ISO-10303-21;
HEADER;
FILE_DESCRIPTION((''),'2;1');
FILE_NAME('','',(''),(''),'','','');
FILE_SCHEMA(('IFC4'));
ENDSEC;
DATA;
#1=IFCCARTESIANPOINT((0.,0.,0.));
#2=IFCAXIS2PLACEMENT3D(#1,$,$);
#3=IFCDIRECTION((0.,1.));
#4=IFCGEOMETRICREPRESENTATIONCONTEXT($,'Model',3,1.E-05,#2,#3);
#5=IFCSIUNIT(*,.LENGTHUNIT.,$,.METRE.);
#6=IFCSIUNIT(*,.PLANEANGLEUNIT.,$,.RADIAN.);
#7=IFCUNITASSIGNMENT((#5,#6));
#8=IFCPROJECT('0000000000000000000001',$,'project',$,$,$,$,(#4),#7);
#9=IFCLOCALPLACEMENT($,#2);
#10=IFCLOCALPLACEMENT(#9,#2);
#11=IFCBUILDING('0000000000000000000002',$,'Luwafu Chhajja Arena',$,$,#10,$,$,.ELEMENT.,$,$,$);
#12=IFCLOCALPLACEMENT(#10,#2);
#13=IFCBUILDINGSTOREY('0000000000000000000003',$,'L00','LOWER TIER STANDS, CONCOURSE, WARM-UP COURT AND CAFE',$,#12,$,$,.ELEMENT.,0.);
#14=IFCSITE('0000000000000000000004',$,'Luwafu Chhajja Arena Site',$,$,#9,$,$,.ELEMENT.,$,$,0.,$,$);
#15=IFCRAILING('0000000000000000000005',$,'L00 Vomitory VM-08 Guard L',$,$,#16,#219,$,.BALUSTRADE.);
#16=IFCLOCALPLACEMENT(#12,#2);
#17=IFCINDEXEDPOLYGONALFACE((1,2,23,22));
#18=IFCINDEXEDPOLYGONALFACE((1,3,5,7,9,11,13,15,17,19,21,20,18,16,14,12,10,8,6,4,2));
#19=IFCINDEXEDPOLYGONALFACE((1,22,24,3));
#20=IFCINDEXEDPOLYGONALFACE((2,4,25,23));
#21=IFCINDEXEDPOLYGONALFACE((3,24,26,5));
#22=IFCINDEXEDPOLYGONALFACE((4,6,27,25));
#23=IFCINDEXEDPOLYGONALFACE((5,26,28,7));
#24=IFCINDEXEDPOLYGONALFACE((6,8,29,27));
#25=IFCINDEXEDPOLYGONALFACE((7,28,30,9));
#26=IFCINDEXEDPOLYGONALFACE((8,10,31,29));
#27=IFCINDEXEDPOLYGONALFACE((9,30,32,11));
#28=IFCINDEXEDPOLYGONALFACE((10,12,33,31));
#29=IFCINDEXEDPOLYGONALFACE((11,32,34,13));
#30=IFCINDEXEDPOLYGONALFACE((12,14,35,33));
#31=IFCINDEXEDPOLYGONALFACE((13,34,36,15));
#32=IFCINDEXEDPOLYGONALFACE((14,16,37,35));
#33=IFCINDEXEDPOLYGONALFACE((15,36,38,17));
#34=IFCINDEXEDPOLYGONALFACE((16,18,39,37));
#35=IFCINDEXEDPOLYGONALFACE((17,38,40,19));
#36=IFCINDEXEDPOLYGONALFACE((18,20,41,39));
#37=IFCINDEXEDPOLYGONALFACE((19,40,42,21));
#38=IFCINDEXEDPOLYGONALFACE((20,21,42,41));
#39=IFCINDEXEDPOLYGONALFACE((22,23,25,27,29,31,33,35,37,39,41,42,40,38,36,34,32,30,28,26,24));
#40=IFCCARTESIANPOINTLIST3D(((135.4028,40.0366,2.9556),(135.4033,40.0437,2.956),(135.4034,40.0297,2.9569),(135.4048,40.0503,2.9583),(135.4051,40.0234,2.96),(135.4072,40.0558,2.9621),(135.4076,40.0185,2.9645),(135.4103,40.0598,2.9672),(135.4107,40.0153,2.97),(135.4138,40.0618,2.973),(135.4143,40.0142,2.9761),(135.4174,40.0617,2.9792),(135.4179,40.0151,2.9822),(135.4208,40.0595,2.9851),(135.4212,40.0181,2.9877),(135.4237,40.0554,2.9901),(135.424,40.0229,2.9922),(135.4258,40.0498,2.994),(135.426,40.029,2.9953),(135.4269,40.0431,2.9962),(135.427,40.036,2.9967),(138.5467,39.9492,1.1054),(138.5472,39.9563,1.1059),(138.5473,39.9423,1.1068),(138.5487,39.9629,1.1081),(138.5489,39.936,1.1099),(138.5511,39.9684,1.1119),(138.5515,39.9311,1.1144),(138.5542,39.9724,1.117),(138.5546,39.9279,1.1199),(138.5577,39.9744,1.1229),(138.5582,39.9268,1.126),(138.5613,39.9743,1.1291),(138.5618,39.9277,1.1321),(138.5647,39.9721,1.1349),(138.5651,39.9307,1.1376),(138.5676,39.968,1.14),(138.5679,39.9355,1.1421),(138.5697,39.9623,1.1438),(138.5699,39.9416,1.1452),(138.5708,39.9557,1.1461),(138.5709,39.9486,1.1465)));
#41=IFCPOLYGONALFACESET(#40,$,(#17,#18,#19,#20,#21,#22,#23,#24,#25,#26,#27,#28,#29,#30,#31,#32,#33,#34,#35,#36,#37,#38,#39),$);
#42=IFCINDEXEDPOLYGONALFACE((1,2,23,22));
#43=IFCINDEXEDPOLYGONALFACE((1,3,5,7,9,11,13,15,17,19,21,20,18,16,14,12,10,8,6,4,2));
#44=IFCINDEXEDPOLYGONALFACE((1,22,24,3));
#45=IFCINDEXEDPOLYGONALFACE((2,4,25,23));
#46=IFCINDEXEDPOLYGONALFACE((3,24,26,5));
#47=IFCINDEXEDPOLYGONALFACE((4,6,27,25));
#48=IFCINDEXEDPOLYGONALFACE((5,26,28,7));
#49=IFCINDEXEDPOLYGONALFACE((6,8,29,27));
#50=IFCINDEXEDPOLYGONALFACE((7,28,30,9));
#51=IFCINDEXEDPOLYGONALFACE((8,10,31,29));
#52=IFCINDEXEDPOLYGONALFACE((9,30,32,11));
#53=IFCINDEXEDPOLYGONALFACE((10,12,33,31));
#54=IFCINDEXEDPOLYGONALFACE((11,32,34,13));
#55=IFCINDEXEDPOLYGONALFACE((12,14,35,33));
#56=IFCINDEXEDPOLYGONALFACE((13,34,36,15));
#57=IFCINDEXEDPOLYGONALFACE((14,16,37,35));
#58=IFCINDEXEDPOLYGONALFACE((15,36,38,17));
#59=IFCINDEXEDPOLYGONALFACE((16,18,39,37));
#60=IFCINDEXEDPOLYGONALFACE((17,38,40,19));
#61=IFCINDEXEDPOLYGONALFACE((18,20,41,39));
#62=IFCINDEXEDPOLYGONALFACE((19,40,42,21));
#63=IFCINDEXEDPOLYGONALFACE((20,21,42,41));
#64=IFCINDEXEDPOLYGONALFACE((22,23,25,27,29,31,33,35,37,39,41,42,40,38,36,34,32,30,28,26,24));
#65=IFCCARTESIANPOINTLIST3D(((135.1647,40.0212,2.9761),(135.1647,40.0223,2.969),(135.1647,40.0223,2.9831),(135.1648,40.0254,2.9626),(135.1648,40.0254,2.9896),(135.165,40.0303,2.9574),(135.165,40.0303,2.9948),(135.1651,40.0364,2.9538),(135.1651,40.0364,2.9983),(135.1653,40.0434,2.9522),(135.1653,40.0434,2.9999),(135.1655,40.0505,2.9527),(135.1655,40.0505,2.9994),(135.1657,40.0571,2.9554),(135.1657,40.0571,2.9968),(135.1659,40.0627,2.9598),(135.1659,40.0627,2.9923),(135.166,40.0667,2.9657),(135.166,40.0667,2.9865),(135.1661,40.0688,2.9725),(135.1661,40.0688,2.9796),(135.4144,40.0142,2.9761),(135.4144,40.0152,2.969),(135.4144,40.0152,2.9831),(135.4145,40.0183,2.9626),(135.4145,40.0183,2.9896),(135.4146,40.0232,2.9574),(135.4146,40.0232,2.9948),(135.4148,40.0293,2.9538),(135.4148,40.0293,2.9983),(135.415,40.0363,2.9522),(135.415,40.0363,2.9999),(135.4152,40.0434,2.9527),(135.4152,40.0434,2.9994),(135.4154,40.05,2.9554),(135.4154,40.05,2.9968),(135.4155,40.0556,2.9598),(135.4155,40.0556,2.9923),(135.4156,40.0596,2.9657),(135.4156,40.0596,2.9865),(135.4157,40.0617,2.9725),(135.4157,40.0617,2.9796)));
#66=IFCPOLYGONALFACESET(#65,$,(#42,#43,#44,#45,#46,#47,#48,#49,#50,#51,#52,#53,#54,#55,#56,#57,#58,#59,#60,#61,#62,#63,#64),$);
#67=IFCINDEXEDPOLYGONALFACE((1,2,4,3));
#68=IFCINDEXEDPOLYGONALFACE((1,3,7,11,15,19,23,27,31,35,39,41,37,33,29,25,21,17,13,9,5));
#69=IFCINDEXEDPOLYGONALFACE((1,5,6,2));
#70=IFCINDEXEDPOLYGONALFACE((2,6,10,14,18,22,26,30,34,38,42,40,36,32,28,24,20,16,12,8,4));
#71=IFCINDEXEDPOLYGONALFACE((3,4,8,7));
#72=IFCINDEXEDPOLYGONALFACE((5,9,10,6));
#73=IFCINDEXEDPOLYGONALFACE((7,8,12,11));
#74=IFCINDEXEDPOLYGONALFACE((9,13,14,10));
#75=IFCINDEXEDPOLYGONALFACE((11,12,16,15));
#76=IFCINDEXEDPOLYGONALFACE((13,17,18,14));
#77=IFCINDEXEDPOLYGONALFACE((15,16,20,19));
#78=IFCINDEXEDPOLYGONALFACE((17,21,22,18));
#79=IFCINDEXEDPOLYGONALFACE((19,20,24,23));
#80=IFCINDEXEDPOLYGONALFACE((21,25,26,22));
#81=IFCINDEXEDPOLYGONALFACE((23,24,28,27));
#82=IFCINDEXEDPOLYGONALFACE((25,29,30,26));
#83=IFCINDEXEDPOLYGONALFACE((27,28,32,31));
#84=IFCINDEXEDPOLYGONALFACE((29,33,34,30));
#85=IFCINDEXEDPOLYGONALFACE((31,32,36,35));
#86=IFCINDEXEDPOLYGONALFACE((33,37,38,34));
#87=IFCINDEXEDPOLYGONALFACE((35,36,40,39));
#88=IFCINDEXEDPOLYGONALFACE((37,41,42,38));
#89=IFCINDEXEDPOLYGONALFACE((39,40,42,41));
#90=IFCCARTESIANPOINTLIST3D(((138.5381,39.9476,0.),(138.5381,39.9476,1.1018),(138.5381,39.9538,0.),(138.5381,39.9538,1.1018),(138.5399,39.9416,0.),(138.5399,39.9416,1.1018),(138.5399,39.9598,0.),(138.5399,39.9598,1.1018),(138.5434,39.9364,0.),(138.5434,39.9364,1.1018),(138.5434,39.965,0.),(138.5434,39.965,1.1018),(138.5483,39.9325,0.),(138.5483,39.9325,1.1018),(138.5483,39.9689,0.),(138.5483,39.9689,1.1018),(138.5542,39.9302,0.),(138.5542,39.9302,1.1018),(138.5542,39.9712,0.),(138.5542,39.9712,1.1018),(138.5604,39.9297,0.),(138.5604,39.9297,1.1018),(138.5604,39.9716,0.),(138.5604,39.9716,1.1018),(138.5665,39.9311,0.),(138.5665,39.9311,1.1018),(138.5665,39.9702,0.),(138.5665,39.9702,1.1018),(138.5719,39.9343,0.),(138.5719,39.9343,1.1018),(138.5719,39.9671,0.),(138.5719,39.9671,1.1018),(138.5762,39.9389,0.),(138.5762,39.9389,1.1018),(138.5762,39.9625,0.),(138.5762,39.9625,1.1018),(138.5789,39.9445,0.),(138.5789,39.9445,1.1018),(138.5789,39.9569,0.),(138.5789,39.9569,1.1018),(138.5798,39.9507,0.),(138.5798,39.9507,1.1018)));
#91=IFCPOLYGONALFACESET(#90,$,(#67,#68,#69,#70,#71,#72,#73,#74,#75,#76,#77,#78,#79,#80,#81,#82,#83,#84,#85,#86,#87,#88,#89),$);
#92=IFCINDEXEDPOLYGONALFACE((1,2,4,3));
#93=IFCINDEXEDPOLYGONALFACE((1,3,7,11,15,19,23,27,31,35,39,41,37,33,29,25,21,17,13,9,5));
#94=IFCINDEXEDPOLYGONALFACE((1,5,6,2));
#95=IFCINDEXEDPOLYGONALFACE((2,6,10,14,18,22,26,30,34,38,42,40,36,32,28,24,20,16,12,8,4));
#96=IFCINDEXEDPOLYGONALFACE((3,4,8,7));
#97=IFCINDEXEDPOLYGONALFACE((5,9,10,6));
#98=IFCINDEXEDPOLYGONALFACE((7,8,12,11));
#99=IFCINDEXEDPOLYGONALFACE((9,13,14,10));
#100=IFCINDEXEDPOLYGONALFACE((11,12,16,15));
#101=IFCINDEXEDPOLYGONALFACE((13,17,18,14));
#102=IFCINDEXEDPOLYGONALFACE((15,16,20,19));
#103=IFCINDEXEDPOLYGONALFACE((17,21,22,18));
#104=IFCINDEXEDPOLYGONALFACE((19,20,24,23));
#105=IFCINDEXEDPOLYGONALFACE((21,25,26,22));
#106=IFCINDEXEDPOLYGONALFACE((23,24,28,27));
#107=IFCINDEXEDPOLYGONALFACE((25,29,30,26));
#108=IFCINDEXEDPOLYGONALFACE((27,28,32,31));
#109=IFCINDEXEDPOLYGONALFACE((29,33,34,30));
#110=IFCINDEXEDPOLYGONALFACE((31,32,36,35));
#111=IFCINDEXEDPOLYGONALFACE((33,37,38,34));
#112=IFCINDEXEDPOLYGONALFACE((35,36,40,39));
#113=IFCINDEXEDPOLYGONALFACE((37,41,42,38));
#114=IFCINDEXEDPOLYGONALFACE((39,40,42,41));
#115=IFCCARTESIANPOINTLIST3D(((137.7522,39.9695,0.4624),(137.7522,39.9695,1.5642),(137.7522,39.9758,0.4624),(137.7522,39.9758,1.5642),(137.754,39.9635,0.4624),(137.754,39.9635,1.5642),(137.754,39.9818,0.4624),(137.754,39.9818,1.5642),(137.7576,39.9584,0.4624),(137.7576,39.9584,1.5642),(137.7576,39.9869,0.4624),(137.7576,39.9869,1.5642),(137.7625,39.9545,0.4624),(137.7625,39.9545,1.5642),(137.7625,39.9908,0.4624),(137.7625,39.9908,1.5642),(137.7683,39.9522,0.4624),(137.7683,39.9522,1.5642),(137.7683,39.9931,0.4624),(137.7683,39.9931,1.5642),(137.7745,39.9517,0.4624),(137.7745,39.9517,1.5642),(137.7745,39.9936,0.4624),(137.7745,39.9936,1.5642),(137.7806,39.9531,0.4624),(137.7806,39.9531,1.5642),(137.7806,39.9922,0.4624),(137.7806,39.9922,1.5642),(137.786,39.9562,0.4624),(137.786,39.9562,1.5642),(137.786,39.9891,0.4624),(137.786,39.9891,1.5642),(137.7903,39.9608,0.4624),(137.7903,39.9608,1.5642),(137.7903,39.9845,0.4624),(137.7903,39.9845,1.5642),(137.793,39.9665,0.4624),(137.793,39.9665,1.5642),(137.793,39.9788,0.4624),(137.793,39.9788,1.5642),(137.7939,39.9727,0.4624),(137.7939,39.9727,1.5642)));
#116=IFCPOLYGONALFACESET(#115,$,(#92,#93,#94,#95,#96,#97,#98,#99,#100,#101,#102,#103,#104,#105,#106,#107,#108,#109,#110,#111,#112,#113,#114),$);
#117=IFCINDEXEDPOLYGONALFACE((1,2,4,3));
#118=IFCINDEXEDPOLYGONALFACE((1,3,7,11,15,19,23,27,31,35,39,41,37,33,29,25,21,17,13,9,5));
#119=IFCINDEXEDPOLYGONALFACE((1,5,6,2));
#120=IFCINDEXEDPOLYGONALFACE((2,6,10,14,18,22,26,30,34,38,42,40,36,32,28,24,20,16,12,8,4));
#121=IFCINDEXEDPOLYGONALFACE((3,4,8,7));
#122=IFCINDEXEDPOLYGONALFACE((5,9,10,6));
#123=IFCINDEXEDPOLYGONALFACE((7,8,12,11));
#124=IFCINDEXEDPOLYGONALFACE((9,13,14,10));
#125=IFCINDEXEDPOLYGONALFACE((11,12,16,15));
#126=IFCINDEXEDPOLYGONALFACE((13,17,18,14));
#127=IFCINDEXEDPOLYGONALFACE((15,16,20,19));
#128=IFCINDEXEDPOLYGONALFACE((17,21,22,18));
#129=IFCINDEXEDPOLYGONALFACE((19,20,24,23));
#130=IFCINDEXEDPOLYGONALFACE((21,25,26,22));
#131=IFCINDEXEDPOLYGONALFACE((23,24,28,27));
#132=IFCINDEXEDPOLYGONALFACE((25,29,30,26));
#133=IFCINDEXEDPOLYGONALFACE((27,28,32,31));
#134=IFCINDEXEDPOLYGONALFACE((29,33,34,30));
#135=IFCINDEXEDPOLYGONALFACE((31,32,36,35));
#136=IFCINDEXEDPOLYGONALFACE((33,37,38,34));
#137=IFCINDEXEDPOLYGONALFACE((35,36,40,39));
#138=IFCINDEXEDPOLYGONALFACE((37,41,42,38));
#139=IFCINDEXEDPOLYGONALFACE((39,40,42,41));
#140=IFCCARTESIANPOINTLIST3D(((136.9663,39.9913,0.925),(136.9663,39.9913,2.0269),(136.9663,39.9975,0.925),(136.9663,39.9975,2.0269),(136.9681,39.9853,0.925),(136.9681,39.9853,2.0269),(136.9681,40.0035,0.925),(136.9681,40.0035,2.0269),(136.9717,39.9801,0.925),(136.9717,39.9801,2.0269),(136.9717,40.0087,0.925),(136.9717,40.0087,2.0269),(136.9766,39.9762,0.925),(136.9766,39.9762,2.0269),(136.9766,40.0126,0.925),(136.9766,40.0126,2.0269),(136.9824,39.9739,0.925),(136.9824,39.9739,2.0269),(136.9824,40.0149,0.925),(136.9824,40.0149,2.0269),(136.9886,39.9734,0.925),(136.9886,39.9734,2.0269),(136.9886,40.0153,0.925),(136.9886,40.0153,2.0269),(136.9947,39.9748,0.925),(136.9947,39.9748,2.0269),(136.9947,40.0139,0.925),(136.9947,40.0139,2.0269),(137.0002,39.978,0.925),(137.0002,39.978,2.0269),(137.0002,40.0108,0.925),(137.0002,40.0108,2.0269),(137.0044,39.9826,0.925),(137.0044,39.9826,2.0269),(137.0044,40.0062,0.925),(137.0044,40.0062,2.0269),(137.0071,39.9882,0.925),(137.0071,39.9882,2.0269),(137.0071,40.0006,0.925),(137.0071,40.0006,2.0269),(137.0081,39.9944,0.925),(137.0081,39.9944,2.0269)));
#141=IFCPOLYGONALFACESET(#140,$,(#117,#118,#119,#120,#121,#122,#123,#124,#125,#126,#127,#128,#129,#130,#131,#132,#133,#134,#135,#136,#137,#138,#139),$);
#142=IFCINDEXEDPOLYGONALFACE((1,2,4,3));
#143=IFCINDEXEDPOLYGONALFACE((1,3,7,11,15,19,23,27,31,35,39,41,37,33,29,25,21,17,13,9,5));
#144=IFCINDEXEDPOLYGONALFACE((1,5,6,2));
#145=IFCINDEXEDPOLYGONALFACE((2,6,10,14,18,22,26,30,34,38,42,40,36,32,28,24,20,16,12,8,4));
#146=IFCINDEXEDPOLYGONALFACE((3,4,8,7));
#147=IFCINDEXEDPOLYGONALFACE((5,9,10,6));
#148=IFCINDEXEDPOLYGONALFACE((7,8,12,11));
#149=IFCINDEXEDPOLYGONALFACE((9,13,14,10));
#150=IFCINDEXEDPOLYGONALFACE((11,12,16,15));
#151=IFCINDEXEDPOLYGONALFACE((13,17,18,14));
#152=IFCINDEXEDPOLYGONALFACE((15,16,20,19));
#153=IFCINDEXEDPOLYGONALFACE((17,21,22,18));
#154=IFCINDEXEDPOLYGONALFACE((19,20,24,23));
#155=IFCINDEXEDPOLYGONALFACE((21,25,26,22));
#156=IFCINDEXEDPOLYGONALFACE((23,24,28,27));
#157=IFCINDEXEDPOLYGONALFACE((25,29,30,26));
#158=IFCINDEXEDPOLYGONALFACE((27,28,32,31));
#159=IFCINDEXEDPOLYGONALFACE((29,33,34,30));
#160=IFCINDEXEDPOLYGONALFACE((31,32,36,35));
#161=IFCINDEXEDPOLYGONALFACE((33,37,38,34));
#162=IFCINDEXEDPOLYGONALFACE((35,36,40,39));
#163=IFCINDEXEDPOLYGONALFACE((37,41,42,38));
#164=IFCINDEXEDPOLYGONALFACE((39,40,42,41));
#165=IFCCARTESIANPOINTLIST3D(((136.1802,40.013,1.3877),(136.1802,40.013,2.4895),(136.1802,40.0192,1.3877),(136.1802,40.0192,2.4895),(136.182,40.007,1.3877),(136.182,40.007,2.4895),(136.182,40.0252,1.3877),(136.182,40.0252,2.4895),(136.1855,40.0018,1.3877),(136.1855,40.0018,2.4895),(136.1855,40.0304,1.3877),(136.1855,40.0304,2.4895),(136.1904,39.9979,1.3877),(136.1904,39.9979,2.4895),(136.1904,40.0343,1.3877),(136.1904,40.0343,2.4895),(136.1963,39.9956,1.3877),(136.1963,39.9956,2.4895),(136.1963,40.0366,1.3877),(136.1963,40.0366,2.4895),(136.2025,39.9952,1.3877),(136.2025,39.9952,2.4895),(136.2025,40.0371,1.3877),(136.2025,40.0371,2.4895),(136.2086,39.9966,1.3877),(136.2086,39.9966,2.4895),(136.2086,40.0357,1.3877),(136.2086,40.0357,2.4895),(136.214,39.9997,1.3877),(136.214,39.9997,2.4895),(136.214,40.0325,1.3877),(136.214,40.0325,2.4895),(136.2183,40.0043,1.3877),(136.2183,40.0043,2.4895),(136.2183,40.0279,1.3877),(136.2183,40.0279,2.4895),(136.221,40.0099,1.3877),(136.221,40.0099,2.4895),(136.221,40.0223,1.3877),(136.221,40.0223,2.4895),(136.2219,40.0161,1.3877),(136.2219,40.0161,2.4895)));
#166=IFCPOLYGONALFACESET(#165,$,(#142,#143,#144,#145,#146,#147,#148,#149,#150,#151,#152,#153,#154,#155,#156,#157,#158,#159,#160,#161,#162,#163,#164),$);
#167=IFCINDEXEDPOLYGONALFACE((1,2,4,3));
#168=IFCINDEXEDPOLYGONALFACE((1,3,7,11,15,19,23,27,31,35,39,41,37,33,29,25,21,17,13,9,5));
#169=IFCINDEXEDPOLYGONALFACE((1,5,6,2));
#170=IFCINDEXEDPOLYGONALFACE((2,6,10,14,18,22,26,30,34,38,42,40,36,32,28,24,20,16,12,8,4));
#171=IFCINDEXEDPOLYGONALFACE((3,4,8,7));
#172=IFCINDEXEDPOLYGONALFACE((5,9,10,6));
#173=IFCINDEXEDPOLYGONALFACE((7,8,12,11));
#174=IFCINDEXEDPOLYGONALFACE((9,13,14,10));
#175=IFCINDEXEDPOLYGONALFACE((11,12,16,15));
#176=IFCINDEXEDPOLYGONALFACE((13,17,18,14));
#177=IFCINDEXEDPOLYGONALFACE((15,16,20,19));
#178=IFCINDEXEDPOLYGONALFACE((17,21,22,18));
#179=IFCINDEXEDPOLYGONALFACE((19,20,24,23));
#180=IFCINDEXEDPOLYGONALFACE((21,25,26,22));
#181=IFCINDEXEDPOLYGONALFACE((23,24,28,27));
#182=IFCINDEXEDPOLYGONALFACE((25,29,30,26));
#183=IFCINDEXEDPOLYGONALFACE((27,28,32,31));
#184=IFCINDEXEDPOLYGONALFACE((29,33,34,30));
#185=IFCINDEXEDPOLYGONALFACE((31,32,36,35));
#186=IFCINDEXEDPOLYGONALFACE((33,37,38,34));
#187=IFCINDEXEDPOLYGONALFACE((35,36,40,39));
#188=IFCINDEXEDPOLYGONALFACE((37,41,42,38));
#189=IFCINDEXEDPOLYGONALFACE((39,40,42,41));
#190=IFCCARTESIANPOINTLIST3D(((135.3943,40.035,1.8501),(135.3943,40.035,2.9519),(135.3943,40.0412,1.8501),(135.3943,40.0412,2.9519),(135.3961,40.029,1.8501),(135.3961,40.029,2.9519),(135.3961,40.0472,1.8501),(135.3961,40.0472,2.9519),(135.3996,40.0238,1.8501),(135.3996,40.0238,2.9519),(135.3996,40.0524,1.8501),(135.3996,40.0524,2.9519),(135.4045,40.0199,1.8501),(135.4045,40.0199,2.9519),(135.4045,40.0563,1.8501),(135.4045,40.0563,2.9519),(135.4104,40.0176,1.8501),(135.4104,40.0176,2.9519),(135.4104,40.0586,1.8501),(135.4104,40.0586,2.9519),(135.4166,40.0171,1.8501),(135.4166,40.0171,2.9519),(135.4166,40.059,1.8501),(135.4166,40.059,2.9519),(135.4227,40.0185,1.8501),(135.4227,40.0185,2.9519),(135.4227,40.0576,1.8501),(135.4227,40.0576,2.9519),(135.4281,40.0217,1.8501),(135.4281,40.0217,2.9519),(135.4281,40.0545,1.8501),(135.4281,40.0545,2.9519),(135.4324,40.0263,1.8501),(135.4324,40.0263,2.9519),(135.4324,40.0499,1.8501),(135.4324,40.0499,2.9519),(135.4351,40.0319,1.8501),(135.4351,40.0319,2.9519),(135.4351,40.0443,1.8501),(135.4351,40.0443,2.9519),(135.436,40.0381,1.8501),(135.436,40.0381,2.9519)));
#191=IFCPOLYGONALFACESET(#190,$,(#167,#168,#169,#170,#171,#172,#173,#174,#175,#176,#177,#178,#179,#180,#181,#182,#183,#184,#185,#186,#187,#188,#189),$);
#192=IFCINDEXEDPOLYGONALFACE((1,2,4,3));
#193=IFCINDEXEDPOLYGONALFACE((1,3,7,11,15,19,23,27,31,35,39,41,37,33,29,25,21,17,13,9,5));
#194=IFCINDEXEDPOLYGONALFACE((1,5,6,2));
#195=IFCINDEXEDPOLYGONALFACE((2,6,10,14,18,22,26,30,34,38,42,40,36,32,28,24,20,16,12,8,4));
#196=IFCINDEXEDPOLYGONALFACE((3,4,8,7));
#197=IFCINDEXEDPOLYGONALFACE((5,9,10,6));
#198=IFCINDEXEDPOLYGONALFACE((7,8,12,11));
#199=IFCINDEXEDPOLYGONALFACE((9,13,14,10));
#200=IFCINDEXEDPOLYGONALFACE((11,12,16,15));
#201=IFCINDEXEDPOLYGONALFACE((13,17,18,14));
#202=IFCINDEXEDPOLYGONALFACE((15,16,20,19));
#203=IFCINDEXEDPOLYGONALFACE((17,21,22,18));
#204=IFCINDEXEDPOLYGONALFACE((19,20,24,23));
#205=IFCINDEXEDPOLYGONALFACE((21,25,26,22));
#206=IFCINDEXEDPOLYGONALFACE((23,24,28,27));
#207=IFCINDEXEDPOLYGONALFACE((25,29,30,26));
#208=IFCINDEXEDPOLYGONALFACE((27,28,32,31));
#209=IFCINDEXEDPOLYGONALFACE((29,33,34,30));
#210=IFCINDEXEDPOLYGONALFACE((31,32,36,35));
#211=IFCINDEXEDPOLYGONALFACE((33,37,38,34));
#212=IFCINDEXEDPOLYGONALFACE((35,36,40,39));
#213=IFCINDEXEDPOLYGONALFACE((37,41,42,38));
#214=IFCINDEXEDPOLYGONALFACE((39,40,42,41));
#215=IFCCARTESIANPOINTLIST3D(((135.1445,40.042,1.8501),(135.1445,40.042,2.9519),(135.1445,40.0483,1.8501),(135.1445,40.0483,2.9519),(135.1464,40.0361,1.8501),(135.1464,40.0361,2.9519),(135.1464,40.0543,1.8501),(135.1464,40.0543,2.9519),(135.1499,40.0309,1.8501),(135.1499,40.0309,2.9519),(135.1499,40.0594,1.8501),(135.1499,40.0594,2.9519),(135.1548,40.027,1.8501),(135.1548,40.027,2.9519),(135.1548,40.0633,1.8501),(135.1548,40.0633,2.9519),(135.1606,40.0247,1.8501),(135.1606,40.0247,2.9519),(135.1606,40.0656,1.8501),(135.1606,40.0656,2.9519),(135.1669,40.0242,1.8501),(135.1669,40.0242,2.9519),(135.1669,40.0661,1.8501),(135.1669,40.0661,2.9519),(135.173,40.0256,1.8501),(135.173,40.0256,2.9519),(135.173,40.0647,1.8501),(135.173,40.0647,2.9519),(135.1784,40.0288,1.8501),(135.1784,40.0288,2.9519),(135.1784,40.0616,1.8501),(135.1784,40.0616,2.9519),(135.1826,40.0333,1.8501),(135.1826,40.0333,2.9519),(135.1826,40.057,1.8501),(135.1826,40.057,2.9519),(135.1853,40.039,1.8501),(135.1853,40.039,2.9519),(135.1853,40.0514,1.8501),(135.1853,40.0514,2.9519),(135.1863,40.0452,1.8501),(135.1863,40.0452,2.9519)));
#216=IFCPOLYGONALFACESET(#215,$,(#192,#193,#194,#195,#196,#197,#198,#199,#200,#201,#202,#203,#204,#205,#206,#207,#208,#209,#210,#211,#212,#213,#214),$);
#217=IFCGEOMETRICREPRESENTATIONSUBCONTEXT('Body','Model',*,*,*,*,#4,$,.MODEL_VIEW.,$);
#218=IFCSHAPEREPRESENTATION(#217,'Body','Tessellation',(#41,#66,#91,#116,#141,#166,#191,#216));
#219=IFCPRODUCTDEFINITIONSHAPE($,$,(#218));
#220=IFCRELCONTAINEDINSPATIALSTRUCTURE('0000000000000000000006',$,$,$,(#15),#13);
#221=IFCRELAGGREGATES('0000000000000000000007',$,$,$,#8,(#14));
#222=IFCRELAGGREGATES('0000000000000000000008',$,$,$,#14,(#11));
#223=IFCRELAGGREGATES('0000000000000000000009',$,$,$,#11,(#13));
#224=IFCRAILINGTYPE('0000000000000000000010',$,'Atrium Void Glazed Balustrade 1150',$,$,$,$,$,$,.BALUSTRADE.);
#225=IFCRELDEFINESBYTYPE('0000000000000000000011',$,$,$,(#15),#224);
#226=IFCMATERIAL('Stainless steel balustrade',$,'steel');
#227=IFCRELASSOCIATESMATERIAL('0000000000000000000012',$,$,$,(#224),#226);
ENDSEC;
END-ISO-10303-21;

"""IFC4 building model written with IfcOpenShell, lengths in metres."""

from ifc_helpers import new_model, si_unit, direction, frame, origin, origin_2d, place, context, subcontext, project, spatial, circle, extrude, material, type_object, element, save


model = new_model("IFC4")

# Units and contexts
model_context = context("Model", 3, precision=1e-05, world=origin(), true_north=direction((0.0, 1.0)))
body_context = subcontext(model_context, "Body", "Model", "MODEL_VIEW")
ifc_project = project(units=[si_unit("LENGTHUNIT", "METRE"), si_unit("PLANEANGLEUNIT", "RADIAN")], contexts=[model_context])

# Site, building, storey
site_placement = place(None, origin())
site = spatial("IfcSite", under=ifc_project, at=site_placement, Name="Luwafu Chhajja Arena Site", CompositionType="ELEMENT", RefElevation=0.0)
building_placement = place(site_placement, origin())
building = spatial("IfcBuilding", under=site, at=building_placement, Name="Luwafu Chhajja Arena", CompositionType="ELEMENT")
storey_placement = place(building_placement, origin())
storey = spatial("IfcBuildingStorey", under=building, at=storey_placement, Name="L00", Description="LOWER TIER STANDS, CONCOURSE, WARM-UP COURT AND CAFE", CompositionType="ELEMENT", Elevation=0.0)

# Railing
ifc_material_1 = material(Name="Stainless steel balustrade", Category="steel")
railing_type_1 = type_object("IfcRailingType", Name="Atrium Void Glazed Balustrade 1150", PredefinedType="BALUSTRADE", material=ifc_material_1)
railing_1_placement = place(storey_placement, frame((138.5588, 39.9507, 0.0)))
element("IfcRailing", 1, at=railing_1_placement, inside=storey, type_object=railing_type_1, Name="L00 Vomitory VM-08 Guard L", PredefinedType="BALUSTRADE", context=body_context, shape_type="SweptSolid", body=[
    extrude(circle(Radius=0.0239, at=origin_2d()), frame((0.0, 0.0, 1.126), z_axis=(-0.861591, 0.023954, 0.507038), x_axis=(-0.027791, -0.999614, 0.0)), (0.0, 0.0, 1.0), 3.6489),
    extrude(circle(Radius=0.0239, at=origin_2d()), frame((-3.1438, 0.0874, 2.9761), z_axis=(-0.999598, 0.028337, 0.0), x_axis=(-0.028337, -0.999598, 0.0)), (0.0, 0.0, 1.0), 0.2498),
    extrude(circle(Radius=0.021, at=origin_2d()), origin(), (0.0, 0.0, 1.0), 1.1018),
    extrude(circle(Radius=0.021, at=origin_2d()), frame((-0.7859, 0.022, 0.4624)), (0.0, 0.0, 1.0), 1.1018),
    extrude(circle(Radius=0.021, at=origin_2d()), frame((-1.5718, 0.0437, 0.925)), (0.0, 0.0, 1.0), 1.1018),
    extrude(circle(Radius=0.021, at=origin_2d()), frame((-2.3579, 0.0654, 1.3877)), (0.0, 0.0, 1.0), 1.1018),
    extrude(circle(Radius=0.021, at=origin_2d()), frame((-3.1438, 0.0874, 1.8501)), (0.0, 0.0, 1.0), 1.1018),
    extrude(circle(Radius=0.021, at=origin_2d()), frame((-3.3936, 0.0945, 1.8501)), (0.0, 0.0, 1.0), 1.1018),
])

save(model, "model.ifc")
